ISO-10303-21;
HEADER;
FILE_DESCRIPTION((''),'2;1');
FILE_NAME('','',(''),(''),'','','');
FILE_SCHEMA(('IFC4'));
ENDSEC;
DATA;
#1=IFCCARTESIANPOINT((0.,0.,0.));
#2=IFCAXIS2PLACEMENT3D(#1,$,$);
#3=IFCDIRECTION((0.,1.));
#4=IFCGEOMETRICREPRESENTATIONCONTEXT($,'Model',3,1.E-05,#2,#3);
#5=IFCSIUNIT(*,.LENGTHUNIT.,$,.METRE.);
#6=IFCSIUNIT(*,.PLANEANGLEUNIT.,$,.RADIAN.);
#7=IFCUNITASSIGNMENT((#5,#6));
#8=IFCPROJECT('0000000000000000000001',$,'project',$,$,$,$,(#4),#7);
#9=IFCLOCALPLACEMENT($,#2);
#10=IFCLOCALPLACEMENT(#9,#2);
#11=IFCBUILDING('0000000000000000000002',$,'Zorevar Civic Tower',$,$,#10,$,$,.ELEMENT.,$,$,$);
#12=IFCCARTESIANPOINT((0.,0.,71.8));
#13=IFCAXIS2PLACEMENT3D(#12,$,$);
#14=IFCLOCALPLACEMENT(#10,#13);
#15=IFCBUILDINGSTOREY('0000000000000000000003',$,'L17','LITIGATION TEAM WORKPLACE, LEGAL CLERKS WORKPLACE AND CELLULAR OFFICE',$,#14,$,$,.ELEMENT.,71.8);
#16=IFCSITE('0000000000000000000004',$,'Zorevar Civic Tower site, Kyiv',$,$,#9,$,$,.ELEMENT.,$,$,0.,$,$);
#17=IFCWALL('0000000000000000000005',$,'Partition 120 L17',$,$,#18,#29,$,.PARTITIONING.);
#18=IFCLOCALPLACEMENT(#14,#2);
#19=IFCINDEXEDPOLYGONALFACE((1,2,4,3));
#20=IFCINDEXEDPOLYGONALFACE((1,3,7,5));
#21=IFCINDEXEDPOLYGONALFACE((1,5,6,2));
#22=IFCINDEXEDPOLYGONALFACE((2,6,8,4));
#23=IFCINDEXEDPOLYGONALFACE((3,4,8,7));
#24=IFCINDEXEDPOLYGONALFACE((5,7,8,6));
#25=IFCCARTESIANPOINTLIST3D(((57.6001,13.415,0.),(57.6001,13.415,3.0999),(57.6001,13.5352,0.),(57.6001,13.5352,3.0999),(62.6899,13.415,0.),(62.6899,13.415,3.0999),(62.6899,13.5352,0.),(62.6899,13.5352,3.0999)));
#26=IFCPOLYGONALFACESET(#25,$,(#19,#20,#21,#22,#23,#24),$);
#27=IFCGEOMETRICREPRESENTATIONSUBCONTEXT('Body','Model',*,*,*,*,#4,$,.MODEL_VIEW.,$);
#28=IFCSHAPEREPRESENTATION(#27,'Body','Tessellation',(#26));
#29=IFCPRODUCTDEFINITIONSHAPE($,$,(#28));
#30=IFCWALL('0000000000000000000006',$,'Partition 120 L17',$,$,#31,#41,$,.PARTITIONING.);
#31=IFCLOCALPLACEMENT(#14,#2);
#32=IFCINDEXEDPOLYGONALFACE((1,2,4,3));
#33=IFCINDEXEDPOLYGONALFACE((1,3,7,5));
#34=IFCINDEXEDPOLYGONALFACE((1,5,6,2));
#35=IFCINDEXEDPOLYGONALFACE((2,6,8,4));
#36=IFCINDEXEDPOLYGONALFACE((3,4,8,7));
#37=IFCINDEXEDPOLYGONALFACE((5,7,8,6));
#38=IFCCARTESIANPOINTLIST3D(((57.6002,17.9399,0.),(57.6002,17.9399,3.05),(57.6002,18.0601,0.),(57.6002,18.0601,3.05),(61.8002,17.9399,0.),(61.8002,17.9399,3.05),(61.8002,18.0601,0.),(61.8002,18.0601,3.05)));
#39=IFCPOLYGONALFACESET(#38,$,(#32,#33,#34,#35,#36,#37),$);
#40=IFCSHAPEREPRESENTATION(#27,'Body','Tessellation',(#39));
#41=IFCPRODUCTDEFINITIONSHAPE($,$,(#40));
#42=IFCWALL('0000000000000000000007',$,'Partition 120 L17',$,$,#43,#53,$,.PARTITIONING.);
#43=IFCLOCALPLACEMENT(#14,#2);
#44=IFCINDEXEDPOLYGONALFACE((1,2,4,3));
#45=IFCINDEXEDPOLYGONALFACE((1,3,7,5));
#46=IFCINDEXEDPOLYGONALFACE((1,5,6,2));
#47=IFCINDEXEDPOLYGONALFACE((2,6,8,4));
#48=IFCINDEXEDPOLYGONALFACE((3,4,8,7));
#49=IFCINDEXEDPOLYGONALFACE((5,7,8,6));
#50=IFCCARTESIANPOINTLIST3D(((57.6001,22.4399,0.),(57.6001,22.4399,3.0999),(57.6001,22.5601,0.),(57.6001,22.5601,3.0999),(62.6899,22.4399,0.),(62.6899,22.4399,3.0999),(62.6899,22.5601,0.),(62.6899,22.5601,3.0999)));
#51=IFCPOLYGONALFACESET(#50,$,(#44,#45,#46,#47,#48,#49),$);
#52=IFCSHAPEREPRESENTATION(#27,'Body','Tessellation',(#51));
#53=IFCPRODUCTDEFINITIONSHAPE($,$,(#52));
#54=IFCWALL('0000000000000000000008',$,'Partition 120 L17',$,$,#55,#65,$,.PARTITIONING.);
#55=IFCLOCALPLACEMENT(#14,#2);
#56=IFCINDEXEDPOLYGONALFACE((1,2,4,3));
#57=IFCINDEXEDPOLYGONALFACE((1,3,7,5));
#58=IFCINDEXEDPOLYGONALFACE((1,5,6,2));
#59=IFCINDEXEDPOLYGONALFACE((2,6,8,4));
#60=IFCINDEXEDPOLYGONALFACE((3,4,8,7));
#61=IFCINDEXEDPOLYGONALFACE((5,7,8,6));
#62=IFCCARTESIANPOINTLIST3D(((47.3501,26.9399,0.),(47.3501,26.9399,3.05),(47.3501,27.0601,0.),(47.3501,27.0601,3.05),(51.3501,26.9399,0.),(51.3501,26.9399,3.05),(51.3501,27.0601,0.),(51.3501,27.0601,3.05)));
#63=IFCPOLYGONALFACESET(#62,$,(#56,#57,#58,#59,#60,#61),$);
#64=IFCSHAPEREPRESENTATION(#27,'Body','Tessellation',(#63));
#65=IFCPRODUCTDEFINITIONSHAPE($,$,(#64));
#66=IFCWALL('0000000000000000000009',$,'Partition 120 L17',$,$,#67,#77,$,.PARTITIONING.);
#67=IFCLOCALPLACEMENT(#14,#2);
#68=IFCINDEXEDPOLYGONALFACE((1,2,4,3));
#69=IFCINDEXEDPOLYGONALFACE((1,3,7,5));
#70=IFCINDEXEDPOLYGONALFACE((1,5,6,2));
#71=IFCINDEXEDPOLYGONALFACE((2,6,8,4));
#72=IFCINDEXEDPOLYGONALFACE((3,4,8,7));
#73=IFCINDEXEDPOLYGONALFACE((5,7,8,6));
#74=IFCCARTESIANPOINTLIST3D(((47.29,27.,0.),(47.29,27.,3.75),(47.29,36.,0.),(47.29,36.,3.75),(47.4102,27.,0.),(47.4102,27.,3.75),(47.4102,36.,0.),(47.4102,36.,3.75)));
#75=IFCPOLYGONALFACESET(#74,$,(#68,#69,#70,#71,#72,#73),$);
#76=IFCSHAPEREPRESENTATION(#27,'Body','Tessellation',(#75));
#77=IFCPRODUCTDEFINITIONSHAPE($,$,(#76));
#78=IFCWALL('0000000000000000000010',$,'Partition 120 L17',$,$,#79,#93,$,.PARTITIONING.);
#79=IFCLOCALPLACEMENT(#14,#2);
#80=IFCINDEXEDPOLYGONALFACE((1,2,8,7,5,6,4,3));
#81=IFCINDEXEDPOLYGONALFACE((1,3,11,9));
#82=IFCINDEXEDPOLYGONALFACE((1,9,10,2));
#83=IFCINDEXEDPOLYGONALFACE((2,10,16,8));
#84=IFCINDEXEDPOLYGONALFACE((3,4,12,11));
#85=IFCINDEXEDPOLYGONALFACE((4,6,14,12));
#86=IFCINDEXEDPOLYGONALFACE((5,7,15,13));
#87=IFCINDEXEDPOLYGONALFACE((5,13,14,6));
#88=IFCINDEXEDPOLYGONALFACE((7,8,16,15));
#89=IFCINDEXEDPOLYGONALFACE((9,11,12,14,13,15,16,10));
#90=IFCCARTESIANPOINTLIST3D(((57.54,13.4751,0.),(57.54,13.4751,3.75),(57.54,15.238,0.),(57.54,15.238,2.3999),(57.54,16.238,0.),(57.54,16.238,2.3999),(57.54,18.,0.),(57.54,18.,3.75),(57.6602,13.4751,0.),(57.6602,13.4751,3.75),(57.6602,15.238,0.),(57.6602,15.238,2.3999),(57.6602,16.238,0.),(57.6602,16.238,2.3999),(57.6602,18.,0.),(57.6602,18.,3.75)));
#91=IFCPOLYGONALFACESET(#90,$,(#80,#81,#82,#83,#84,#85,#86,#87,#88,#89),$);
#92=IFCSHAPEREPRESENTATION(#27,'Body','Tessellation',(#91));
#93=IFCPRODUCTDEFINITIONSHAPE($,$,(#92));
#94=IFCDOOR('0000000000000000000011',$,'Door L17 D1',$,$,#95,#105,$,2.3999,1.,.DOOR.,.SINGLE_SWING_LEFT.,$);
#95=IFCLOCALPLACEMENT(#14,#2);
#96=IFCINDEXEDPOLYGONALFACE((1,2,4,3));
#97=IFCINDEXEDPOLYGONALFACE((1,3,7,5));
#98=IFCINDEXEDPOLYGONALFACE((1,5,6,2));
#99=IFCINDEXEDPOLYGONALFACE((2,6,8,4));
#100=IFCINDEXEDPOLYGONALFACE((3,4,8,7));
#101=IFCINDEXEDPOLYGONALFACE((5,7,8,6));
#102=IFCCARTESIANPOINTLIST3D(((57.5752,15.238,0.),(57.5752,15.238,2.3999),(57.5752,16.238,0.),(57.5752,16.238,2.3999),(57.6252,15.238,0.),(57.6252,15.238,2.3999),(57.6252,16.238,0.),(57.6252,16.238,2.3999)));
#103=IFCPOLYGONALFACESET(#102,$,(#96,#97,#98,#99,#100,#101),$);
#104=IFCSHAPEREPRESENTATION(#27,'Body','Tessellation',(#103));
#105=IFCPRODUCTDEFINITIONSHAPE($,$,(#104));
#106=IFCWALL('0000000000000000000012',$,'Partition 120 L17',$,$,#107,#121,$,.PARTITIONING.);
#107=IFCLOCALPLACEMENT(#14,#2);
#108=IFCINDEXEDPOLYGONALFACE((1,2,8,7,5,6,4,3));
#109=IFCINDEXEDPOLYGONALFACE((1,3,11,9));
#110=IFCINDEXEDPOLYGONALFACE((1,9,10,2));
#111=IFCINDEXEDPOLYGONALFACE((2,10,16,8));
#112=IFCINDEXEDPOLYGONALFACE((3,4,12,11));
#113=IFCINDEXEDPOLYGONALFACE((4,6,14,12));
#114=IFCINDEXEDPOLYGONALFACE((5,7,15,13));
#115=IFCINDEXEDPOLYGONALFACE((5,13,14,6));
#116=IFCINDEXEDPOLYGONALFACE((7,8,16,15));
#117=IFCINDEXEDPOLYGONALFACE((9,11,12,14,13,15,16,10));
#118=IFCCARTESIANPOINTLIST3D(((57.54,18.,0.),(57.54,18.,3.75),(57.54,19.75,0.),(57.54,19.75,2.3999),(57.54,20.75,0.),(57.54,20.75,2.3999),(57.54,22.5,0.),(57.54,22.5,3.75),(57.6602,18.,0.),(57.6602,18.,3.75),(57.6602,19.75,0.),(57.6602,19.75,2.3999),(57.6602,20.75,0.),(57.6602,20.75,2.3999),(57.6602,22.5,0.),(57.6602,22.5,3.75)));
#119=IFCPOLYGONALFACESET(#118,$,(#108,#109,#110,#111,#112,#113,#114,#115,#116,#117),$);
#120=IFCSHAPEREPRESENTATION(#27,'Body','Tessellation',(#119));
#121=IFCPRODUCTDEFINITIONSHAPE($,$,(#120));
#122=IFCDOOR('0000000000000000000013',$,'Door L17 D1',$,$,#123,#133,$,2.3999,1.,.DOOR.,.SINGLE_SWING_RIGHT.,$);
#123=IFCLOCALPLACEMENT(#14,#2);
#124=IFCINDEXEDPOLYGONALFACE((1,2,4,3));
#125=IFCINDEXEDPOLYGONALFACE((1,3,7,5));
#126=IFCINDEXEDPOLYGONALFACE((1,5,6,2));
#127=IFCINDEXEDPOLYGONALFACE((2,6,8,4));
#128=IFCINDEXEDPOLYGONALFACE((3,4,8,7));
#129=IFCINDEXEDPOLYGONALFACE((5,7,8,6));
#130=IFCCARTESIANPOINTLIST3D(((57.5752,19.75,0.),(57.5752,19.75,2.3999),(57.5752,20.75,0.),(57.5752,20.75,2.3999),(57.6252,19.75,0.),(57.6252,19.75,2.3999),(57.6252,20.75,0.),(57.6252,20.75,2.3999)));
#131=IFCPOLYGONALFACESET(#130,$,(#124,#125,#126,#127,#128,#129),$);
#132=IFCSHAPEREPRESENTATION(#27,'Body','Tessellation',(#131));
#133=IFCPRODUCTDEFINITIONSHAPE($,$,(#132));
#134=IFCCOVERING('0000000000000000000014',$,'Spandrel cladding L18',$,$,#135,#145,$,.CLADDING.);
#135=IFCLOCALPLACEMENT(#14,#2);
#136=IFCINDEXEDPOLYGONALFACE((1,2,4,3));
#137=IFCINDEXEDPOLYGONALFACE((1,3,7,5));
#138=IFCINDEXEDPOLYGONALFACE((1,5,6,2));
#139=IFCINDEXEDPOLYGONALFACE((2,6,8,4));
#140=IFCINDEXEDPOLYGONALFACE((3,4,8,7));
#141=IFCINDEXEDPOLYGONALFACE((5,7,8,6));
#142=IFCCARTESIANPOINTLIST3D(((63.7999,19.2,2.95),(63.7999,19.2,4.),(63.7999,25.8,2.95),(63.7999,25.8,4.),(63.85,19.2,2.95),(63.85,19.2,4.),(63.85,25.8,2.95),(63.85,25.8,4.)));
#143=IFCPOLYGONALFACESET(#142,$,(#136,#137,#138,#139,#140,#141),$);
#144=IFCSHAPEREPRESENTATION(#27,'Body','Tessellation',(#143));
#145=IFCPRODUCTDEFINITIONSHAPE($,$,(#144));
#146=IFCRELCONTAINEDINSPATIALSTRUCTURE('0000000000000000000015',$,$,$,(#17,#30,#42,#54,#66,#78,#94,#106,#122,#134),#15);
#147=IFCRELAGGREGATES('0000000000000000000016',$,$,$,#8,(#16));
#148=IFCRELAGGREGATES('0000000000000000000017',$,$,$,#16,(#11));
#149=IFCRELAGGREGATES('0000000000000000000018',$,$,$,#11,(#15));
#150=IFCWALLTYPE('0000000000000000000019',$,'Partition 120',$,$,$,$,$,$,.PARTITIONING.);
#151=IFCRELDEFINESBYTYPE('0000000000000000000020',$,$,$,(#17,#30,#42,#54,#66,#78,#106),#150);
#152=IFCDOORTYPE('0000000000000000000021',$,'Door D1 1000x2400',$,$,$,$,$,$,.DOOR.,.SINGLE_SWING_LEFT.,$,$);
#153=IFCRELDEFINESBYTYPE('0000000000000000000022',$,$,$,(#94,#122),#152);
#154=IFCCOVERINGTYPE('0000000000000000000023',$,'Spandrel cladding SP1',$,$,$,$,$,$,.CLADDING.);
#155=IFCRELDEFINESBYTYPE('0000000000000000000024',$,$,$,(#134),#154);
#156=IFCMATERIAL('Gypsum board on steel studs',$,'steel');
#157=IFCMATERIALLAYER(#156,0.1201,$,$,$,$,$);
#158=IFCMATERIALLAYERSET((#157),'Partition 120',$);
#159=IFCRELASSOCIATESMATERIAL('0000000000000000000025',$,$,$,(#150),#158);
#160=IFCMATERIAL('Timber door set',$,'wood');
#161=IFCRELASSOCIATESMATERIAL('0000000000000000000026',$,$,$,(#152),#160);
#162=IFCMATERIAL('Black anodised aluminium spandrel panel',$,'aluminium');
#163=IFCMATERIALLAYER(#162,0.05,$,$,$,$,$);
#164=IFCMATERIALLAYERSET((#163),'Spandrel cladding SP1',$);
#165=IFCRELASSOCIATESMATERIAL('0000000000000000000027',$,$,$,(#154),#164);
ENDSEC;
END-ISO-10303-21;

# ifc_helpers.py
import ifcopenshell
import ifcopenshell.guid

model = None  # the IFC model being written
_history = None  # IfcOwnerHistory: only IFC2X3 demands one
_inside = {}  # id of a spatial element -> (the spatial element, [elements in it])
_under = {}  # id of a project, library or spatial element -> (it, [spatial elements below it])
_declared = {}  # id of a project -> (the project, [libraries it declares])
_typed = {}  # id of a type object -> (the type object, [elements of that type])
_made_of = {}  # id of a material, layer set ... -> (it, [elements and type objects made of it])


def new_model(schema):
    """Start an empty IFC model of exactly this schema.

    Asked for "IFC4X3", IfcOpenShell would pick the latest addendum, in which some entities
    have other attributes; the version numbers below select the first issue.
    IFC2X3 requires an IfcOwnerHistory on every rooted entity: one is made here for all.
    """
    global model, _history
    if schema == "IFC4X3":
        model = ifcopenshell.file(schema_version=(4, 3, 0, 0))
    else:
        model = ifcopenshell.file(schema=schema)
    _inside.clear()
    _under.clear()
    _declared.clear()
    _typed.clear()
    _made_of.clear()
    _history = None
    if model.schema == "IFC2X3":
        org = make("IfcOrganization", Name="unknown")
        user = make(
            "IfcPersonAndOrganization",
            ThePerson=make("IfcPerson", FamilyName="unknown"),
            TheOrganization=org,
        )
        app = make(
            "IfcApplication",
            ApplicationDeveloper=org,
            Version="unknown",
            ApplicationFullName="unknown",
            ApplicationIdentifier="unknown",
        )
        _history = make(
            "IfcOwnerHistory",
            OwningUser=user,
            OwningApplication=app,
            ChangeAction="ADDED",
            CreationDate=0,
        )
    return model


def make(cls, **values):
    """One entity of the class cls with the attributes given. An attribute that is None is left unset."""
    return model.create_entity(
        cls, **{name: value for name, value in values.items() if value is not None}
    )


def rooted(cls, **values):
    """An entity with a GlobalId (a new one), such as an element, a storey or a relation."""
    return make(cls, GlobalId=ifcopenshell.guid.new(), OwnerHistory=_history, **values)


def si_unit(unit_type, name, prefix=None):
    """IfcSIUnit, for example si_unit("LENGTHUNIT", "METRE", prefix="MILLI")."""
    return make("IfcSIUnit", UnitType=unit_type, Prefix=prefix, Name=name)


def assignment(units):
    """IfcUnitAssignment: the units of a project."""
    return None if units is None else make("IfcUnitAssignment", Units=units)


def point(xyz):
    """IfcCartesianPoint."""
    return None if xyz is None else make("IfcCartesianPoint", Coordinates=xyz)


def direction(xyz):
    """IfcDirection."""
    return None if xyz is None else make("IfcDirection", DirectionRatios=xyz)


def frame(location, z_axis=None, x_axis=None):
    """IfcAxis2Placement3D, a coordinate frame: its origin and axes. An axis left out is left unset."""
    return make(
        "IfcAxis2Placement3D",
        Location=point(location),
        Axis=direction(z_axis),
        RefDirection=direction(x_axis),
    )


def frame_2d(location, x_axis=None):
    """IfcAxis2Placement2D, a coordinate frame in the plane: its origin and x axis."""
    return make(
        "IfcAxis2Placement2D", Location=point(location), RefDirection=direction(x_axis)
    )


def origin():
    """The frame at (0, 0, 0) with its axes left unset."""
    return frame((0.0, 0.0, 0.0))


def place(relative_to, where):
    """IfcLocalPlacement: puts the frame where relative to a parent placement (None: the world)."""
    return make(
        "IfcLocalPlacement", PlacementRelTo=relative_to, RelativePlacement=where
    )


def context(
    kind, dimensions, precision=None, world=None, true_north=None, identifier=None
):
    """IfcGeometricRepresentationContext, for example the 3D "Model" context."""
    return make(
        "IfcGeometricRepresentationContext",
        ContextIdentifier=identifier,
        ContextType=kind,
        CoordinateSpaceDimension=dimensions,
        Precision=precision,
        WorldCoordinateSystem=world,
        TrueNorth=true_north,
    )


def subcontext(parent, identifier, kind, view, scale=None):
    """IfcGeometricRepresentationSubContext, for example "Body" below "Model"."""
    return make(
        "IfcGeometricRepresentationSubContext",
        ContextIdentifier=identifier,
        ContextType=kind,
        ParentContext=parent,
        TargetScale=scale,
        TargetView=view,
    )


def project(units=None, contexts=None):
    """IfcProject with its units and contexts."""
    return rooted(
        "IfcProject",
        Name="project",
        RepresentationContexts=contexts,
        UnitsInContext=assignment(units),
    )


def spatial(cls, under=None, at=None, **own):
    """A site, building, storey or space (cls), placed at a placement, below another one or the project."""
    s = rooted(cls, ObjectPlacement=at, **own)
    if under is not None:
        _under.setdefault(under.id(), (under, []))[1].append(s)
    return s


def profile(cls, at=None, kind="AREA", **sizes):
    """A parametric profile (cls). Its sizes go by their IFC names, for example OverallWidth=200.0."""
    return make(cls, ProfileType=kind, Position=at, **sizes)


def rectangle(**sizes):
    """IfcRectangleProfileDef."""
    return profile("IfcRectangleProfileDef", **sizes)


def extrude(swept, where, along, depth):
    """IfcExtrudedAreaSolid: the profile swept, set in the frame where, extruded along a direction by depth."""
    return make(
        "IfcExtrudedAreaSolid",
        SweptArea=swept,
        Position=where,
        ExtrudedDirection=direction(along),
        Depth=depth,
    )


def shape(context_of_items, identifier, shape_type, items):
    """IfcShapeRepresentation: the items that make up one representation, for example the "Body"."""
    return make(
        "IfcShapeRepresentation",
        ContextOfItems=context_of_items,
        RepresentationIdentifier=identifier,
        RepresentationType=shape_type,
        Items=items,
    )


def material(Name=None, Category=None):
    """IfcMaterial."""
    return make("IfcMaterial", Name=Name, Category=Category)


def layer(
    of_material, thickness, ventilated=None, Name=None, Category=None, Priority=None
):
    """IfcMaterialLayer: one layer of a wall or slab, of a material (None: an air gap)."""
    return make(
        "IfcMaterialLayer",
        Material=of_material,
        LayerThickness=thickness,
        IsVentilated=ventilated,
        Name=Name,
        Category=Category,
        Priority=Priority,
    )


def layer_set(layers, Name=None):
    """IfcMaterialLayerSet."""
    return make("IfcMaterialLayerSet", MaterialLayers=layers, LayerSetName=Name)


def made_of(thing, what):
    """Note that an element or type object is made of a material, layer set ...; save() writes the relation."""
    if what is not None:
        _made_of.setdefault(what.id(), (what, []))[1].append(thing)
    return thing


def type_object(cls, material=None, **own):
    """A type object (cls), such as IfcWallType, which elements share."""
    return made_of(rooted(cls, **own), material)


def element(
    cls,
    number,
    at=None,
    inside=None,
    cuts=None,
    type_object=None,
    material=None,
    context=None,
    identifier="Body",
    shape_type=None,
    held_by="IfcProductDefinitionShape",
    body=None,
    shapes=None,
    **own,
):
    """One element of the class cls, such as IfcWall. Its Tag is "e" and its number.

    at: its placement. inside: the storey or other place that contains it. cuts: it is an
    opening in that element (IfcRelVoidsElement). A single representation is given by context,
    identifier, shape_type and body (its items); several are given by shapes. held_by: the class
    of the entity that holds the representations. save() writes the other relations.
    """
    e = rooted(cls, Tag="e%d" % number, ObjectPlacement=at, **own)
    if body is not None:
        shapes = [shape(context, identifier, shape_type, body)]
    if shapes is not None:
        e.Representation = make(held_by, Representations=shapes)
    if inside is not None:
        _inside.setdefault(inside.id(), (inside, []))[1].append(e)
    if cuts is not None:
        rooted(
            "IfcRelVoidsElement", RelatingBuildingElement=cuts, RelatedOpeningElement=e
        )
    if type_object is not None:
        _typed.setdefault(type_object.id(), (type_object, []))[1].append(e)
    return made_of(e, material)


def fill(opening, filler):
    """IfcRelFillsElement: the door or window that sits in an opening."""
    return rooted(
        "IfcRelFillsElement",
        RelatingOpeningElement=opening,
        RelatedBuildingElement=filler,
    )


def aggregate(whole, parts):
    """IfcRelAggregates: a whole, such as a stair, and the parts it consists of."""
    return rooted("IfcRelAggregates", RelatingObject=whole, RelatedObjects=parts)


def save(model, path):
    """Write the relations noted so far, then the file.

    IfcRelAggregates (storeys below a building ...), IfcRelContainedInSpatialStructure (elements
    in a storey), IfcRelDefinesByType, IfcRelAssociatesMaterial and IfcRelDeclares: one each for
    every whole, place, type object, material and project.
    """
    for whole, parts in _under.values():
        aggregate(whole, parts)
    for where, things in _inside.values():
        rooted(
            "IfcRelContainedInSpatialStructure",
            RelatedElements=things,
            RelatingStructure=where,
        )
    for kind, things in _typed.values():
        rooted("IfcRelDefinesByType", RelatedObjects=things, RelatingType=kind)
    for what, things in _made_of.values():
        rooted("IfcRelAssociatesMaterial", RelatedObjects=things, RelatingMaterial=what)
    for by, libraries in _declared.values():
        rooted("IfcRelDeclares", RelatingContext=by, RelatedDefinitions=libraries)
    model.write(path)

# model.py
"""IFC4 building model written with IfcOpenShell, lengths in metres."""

from ifc_helpers import new_model, si_unit, direction, frame, frame_2d, origin, place, context, subcontext, project, spatial, rectangle, extrude, material, layer, layer_set, type_object, element, fill, save


model = new_model("IFC4")

# Units and contexts
model_context = context("Model", 3, precision=1e-05, world=origin(), true_north=direction((0.0, 1.0)))
body_context = subcontext(model_context, "Body", "Model", "MODEL_VIEW")
ifc_project = project(units=[si_unit("LENGTHUNIT", "METRE"), si_unit("PLANEANGLEUNIT", "RADIAN")], contexts=[model_context])

# Site, building, storey
site_placement = place(None, origin())
site = spatial("IfcSite", under=ifc_project, at=site_placement, Name="Zorevar Civic Tower site, Kyiv", CompositionType="ELEMENT", RefElevation=0.0)
building_placement = place(site_placement, origin())
building = spatial("IfcBuilding", under=site, at=building_placement, Name="Zorevar Civic Tower", CompositionType="ELEMENT")
storey_placement = place(building_placement, frame((0.0, 0.0, 71.8)))
storey = spatial("IfcBuildingStorey", under=building, at=storey_placement, Name="L17", Description="LITIGATION TEAM WORKPLACE, LEGAL CLERKS WORKPLACE AND CELLULAR OFFICE", CompositionType="ELEMENT", Elevation=71.8)

# Walls
ifc_material_1 = material(Name="Gypsum board on steel studs", Category="steel")
ifc_layer_1 = layer(ifc_material_1, 0.1201)
ifc_layer_set_1 = layer_set([ifc_layer_1], Name="Partition 120")
wall_type_1 = type_object("IfcWallType", Name="Partition 120", PredefinedType="PARTITIONING", material=ifc_layer_set_1)
wall_1_placement = place(storey_placement, frame((57.6001, 13.4751, 0.0), z_axis=(0.0, 0.0, 1.0), x_axis=(1.0, 0.0, 0.0)))
element("IfcWall", 1, at=wall_1_placement, inside=storey, type_object=wall_type_1, Name="Partition 120 L17", PredefinedType="PARTITIONING", context=body_context, shape_type="SweptSolid", body=[
    extrude(rectangle(XDim=5.0898, YDim=0.1201, at=frame_2d((2.5449, 0.0))), origin(), (0.0, 0.0, 1.0), 3.0999),
])
wall_2_placement = place(storey_placement, frame((57.6001, 18.0, 0.0), z_axis=(0.0, 0.0, 1.0), x_axis=(1.0, 0.0, 0.0)))
element("IfcWall", 2, at=wall_2_placement, inside=storey, type_object=wall_type_1, Name="Partition 120 L17", PredefinedType="PARTITIONING", context=body_context, shape_type="SweptSolid", body=[
    extrude(rectangle(XDim=4.2, YDim=0.1201, at=frame_2d((2.1001, 0.0))), origin(), (0.0, 0.0, 1.0), 3.05),
])
wall_3_placement = place(storey_placement, frame((57.6001, 22.5, 0.0), z_axis=(0.0, 0.0, 1.0), x_axis=(1.0, 0.0, 0.0)))
element("IfcWall", 3, at=wall_3_placement, inside=storey, type_object=wall_type_1, Name="Partition 120 L17", PredefinedType="PARTITIONING", context=body_context, shape_type="SweptSolid", body=[
    extrude(rectangle(XDim=5.0898, YDim=0.1201, at=frame_2d((2.5449, 0.0))), origin(), (0.0, 0.0, 1.0), 3.0999),
])
wall_4_placement = place(storey_placement, frame((47.3501, 27.0, 0.0), z_axis=(0.0, 0.0, 1.0), x_axis=(1.0, 0.0, 0.0)))
element("IfcWall", 4, at=wall_4_placement, inside=storey, type_object=wall_type_1, Name="Partition 120 L17", PredefinedType="PARTITIONING", context=body_context, shape_type="SweptSolid", body=[
    extrude(rectangle(XDim=4.0, YDim=0.1201, at=frame_2d((2.0, 0.0))), origin(), (0.0, 0.0, 1.0), 3.05),
])
wall_5_placement = place(storey_placement, frame((47.3501, 27.0, 0.0), z_axis=(0.0, 0.0, 1.0), x_axis=(0.0, 1.0, 0.0)))
element("IfcWall", 5, at=wall_5_placement, inside=storey, type_object=wall_type_1, Name="Partition 120 L17", PredefinedType="PARTITIONING", context=body_context, shape_type="SweptSolid", body=[
    extrude(rectangle(XDim=9.0, YDim=0.1201, at=frame_2d((4.5, 0.0))), origin(), (0.0, 0.0, 1.0), 3.75),
])

# Walls, openings, doors
wall_6_placement = place(storey_placement, frame((57.6001, 13.4751, 0.0), z_axis=(0.0, 0.0, 1.0), x_axis=(0.0, 1.0, 0.0)))
wall_6 = element("IfcWall", 6, at=wall_6_placement, inside=storey, type_object=wall_type_1, Name="Partition 120 L17", PredefinedType="PARTITIONING", context=body_context, shape_type="SweptSolid", body=[
    extrude(rectangle(XDim=4.5249, YDim=0.1201, at=frame_2d((2.2625, 0.0))), origin(), (0.0, 0.0, 1.0), 3.75),
])
opening_1_placement = place(wall_6_placement, frame((1.7629, 0.0, 0.0)))
opening_1 = element("IfcOpeningElement", 7, at=opening_1_placement, cuts=wall_6, PredefinedType="OPENING", context=body_context, shape_type="SweptSolid", body=[
    extrude(rectangle(XDim=1.0, YDim=2.3999, at=frame_2d((0.5, 1.2))), frame((0.0, 0.0701, 0.0), z_axis=(0.0, -1.0, 0.0), x_axis=(1.0, 0.0, 0.0)), (0.0, 0.0, 1.0), 0.1401),
])
ifc_material_2 = material(Name="Timber door set", Category="wood")
door_type_1 = type_object("IfcDoorType", Name="Door D1 1000x2400", OperationType="SINGLE_SWING_LEFT", PredefinedType="DOOR", material=ifc_material_2)
door_1_placement = place(opening_1_placement, origin())
door_1 = element("IfcDoor", 8, at=door_1_placement, inside=storey, type_object=door_type_1, Name="Door L17 D1", OperationType="SINGLE_SWING_LEFT", OverallHeight=2.3999, OverallWidth=1.0, PredefinedType="DOOR", context=body_context, shape_type="SweptSolid", body=[
    extrude(rectangle(XDim=1.0, YDim=2.3999, at=frame_2d((0.5, 1.2))), frame((0.0, 0.0249, 0.0), z_axis=(0.0, -1.0, 0.0), x_axis=(1.0, 0.0, 0.0)), (0.0, 0.0, 1.0), 0.05),
])
fill(opening_1, door_1)
wall_7_placement = place(storey_placement, frame((57.6001, 18.0, 0.0), z_axis=(0.0, 0.0, 1.0), x_axis=(0.0, 1.0, 0.0)))
wall_7 = element("IfcWall", 9, at=wall_7_placement, inside=storey, type_object=wall_type_1, Name="Partition 120 L17", PredefinedType="PARTITIONING", context=body_context, shape_type="SweptSolid", body=[
    extrude(rectangle(XDim=4.5, YDim=0.1201, at=frame_2d((2.25, 0.0))), origin(), (0.0, 0.0, 1.0), 3.75),
])
opening_2_placement = place(wall_7_placement, frame((1.75, 0.0, 0.0)))
opening_2 = element("IfcOpeningElement", 10, at=opening_2_placement, cuts=wall_7, PredefinedType="OPENING", context=body_context, shape_type="SweptSolid", body=[
    extrude(rectangle(XDim=1.0, YDim=2.3999, at=frame_2d((0.5, 1.2))), frame((0.0, 0.0701, 0.0), z_axis=(0.0, -1.0, 0.0), x_axis=(1.0, 0.0, 0.0)), (0.0, 0.0, 1.0), 0.1401),
])
door_2_placement = place(opening_2_placement, origin())
door_2 = element("IfcDoor", 11, at=door_2_placement, inside=storey, type_object=door_type_1, Name="Door L17 D1", OperationType="SINGLE_SWING_RIGHT", OverallHeight=2.3999, OverallWidth=1.0, PredefinedType="DOOR", context=body_context, shape_type="SweptSolid", body=[
    extrude(rectangle(XDim=1.0, YDim=2.3999, at=frame_2d((0.5, 1.2))), frame((0.0, 0.0249, 0.0), z_axis=(0.0, -1.0, 0.0), x_axis=(1.0, 0.0, 0.0)), (0.0, 0.0, 1.0), 0.05),
])
fill(opening_2, door_2)

# Covering
ifc_material_3 = material(Name="Black anodised aluminium spandrel panel", Category="aluminium")
ifc_layer_2 = layer(ifc_material_3, 0.05)
ifc_layer_set_2 = layer_set([ifc_layer_2], Name="Spandrel cladding SP1")
covering_type = type_object("IfcCoveringType", Name="Spandrel cladding SP1", PredefinedType="CLADDING", material=ifc_layer_set_2)
covering_placement = place(storey_placement, frame((63.825, 19.2, 2.95), z_axis=(0.0, 0.0, 1.0), x_axis=(0.0, 1.0, 0.0)))
element("IfcCovering", 12, at=covering_placement, inside=storey, type_object=covering_type, Name="Spandrel cladding L18", PredefinedType="CLADDING", context=body_context, shape_type="SweptSolid", body=[
    extrude(rectangle(XDim=6.6001, YDim=0.05, at=frame_2d((3.3, 0.0))), origin(), (0.0, 0.0, 1.0), 1.05),
])

save(model, "model.ifc")
